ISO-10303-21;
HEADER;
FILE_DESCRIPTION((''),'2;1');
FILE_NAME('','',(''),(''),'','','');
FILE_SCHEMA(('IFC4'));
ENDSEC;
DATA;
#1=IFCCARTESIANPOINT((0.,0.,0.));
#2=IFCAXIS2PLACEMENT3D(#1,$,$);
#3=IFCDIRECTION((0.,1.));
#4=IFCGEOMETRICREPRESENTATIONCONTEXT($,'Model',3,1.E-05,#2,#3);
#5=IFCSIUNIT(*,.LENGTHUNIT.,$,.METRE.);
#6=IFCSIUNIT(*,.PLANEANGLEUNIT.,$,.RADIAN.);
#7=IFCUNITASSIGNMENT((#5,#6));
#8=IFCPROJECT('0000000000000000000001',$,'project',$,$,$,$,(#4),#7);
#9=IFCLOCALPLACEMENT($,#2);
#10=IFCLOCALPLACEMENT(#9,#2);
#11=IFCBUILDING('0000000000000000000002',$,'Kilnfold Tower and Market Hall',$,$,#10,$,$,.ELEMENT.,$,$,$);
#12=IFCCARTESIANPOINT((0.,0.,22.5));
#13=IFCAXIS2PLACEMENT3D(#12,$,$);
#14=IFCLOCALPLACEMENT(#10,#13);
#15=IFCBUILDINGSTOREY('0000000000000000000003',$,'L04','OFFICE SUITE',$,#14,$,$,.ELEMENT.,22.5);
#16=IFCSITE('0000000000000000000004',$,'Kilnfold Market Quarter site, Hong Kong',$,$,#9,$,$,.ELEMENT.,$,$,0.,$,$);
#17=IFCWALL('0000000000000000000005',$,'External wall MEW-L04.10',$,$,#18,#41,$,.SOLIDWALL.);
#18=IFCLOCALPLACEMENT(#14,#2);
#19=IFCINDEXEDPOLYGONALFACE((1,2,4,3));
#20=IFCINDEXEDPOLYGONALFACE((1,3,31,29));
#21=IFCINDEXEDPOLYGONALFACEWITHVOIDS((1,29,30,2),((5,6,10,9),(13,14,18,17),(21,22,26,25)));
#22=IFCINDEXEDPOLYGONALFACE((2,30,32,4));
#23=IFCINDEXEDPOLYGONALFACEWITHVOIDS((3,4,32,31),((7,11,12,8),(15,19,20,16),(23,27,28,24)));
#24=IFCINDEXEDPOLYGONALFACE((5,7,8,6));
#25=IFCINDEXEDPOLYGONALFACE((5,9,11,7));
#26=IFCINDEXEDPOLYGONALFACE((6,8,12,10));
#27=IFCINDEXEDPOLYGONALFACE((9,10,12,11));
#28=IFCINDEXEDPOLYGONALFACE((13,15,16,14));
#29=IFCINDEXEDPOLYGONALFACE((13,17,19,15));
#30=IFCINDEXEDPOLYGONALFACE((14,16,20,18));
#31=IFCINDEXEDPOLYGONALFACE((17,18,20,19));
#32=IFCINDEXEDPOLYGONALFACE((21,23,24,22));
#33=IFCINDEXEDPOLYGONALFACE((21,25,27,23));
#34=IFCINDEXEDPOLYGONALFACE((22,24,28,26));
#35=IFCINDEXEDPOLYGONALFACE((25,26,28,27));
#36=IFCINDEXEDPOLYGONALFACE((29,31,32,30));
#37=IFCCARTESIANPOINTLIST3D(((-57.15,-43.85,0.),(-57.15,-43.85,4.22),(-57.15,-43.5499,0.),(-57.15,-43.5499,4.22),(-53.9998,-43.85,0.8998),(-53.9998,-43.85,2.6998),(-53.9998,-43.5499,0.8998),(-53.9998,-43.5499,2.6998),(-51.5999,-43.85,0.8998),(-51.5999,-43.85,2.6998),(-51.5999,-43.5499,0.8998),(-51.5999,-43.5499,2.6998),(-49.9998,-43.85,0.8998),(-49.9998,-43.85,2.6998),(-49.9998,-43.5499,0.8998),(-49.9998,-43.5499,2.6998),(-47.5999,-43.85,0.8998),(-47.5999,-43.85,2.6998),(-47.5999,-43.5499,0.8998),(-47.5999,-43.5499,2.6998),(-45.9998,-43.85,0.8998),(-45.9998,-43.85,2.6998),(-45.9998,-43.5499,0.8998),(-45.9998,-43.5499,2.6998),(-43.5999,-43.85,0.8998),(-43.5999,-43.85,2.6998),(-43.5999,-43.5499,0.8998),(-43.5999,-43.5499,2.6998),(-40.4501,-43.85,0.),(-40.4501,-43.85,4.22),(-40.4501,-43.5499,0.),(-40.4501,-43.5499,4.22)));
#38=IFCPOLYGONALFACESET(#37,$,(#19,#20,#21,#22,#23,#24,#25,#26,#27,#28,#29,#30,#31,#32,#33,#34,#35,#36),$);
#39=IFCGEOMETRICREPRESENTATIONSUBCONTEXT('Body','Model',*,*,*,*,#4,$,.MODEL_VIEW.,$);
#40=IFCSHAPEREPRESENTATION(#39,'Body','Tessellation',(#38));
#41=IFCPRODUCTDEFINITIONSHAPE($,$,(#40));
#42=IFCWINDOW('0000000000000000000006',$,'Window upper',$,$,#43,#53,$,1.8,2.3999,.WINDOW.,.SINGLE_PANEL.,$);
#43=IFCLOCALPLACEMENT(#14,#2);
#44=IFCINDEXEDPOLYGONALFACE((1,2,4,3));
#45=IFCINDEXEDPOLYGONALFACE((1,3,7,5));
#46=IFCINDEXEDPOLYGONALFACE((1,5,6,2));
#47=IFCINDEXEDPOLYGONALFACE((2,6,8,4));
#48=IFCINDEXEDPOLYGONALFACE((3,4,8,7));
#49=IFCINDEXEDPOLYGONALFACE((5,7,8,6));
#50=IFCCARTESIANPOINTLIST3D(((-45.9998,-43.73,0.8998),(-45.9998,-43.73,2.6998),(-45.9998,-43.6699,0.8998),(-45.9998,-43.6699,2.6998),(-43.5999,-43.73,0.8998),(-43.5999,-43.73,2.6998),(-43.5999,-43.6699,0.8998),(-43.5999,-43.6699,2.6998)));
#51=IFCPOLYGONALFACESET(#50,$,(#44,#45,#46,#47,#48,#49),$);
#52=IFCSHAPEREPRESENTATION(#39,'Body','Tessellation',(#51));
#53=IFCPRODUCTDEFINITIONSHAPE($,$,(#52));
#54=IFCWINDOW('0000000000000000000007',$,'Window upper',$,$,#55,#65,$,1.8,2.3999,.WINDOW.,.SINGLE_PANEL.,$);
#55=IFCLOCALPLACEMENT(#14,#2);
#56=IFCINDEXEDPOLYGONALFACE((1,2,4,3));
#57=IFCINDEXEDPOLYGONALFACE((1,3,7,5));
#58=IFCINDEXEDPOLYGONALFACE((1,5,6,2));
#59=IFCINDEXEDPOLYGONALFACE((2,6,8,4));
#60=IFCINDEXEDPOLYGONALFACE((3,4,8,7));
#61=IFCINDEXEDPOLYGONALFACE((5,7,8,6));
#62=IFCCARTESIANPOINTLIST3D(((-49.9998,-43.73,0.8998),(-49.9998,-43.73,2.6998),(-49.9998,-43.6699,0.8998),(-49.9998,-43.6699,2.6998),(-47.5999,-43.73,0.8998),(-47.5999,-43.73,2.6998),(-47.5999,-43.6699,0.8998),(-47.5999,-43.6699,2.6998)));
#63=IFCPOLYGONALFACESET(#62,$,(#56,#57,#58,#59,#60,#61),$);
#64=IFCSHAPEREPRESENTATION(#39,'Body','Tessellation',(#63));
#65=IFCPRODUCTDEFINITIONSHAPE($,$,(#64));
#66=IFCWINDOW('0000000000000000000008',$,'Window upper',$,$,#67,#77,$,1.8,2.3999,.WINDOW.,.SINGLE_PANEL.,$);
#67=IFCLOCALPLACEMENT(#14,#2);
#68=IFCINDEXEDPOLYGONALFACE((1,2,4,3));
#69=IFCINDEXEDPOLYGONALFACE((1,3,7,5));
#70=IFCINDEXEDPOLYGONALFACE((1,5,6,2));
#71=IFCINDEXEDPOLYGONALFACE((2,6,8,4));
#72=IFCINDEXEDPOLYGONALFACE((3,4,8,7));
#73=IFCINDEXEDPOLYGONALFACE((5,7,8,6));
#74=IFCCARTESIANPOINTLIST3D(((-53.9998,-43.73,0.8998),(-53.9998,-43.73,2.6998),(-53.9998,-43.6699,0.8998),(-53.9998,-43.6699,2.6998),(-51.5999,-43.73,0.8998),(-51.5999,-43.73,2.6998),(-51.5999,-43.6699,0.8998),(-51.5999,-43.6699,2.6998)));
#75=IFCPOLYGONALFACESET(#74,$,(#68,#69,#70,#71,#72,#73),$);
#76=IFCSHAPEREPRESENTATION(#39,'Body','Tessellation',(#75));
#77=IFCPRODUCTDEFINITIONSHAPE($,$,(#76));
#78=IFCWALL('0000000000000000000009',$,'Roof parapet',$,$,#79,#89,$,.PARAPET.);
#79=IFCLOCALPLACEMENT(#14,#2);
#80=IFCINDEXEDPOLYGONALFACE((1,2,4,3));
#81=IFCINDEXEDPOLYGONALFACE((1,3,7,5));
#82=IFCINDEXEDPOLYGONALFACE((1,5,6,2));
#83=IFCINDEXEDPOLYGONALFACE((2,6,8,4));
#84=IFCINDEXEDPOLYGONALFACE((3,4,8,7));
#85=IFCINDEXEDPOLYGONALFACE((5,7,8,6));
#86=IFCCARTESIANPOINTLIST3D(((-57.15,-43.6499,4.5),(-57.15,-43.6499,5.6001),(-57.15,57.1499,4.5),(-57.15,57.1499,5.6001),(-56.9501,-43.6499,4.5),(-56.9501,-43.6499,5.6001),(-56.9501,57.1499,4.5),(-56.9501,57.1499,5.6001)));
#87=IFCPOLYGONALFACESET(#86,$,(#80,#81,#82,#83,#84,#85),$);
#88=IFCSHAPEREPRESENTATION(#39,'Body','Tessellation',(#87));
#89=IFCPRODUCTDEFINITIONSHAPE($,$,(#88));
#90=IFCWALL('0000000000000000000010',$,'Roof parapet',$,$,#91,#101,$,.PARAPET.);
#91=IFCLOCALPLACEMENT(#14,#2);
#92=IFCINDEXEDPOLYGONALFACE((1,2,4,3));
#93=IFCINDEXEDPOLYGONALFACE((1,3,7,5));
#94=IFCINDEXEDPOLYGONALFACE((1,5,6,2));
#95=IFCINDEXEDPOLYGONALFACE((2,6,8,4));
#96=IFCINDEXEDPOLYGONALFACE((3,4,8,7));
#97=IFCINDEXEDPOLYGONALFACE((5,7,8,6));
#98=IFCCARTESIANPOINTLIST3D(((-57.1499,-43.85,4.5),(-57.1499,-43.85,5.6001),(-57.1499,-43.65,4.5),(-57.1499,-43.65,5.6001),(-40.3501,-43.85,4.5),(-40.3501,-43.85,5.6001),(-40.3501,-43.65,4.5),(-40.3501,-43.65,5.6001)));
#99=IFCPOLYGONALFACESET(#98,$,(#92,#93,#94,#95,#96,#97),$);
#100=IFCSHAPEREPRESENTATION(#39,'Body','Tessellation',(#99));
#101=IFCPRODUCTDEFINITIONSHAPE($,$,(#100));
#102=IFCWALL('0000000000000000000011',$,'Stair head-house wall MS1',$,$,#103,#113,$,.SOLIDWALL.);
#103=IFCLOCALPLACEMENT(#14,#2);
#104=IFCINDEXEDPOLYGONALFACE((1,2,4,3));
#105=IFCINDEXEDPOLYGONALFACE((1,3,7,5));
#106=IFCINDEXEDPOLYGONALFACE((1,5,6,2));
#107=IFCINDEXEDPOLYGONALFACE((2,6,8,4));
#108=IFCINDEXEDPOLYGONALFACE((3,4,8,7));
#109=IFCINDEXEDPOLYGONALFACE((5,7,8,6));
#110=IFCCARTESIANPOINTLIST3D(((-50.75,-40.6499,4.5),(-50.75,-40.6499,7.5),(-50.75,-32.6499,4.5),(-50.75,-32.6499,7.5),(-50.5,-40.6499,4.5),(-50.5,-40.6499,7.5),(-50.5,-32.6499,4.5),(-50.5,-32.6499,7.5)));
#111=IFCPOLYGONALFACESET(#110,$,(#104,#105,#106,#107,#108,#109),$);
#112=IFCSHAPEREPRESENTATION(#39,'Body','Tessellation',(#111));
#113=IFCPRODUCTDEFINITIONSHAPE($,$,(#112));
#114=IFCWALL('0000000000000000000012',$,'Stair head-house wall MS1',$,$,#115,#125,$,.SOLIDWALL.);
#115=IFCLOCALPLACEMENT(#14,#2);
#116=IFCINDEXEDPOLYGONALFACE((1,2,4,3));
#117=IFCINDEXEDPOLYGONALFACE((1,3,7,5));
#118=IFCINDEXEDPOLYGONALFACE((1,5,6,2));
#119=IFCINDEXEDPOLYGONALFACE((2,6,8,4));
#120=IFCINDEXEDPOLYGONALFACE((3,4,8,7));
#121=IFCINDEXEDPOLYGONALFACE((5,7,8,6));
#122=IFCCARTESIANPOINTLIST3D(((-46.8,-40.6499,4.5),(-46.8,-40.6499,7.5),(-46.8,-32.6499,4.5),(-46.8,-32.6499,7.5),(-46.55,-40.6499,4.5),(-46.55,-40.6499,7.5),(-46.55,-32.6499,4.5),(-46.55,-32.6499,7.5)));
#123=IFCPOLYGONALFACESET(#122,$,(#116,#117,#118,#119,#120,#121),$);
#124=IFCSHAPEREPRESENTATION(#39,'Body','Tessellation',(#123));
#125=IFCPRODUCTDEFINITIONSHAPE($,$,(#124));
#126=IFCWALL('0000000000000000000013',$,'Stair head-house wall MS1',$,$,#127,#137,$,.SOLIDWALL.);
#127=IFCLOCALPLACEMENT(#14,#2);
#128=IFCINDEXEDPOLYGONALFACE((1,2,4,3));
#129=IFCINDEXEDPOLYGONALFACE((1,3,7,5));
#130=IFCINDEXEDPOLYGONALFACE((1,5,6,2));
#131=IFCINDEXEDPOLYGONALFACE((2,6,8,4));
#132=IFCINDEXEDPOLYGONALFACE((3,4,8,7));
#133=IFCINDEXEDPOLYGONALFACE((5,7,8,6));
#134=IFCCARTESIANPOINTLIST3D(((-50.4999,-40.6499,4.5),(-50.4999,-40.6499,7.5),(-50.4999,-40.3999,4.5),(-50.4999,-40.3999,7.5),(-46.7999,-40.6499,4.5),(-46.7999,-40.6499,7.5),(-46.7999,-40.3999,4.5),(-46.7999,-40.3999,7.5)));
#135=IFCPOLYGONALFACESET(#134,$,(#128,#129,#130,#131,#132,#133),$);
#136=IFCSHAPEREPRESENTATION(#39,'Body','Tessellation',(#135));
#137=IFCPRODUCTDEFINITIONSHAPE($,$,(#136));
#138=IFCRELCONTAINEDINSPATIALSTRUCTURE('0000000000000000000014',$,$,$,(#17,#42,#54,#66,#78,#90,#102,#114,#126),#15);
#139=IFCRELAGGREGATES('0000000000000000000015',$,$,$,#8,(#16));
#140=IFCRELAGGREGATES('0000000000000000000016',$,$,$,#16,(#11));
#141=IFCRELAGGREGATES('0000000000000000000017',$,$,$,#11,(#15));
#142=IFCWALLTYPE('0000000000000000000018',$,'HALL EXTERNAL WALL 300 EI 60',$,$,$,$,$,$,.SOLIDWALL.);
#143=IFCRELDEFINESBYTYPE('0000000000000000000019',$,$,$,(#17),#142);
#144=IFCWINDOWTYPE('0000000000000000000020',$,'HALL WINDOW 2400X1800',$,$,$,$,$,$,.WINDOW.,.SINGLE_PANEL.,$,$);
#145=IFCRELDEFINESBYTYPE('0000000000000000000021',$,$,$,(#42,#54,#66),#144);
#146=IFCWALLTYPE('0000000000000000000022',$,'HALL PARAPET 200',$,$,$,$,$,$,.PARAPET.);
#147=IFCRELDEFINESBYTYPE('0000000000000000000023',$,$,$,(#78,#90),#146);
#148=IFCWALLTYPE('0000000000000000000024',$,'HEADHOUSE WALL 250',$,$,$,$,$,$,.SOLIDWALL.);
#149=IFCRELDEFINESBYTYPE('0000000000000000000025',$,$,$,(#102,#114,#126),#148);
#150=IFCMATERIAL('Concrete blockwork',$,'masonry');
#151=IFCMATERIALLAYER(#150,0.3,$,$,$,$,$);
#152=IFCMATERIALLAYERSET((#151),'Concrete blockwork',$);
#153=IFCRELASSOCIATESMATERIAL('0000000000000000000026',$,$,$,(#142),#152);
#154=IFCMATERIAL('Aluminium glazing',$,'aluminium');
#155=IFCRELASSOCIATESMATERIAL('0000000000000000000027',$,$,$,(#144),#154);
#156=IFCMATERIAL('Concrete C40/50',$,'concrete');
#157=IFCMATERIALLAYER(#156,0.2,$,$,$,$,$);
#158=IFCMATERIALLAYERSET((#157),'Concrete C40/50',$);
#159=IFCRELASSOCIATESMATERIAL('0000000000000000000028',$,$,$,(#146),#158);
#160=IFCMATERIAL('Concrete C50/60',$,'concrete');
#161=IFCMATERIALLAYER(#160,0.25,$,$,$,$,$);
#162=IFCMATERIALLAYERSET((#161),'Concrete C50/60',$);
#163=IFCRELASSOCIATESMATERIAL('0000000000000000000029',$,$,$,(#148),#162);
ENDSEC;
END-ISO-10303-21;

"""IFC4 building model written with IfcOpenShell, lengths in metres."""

from ifc_helpers import new_model, si_unit, direction, frame, frame_2d, origin, place, context, subcontext, project, spatial, rectangle, extrude, source, transform, mapped, material, layer, layer_set, type_object, element, fill, save


model = new_model("IFC4")

# Units and contexts
model_context = context("Model", 3, precision=1e-05, world=origin(), true_north=direction((0.0, 1.0)))
body_context = subcontext(model_context, "Body", "Model", "MODEL_VIEW")
ifc_project = project(units=[si_unit("LENGTHUNIT", "METRE"), si_unit("PLANEANGLEUNIT", "RADIAN")], contexts=[model_context])

# Site, building, storey
site_placement = place(None, origin())
site = spatial("IfcSite", under=ifc_project, at=site_placement, Name="Kilnfold Market Quarter site, Hong Kong", CompositionType="ELEMENT", RefElevation=0.0)
building_placement = place(site_placement, origin())
building = spatial("IfcBuilding", under=site, at=building_placement, Name="Kilnfold Tower and Market Hall", CompositionType="ELEMENT")
storey_placement = place(building_placement, frame((0.0, 0.0, 22.5)))
storey = spatial("IfcBuildingStorey", under=building, at=storey_placement, Name="L04", Description="OFFICE SUITE", CompositionType="ELEMENT", Elevation=22.5)

# Wall, openings, windows
ifc_material_1 = material(Name="Concrete blockwork", Category="masonry")
ifc_layer_1 = layer(ifc_material_1, 0.3)
ifc_layer_set_1 = layer_set([ifc_layer_1], Name="Concrete blockwork")
wall_type_1 = type_object("IfcWallType", Name="HALL EXTERNAL WALL 300 EI 60", PredefinedType="SOLIDWALL", material=ifc_layer_set_1)
shared_shape_1 = source(origin(), body_context, "Body", "SweptSolid", [
    extrude(rectangle(XDim=16.7, YDim=0.3, at=frame_2d((8.3501, 0.0))), origin(), (0.0, 0.0, 1.0), 4.22),
])
wall_1_placement = place(storey_placement, frame((-40.45, -43.7, 0.0), z_axis=(0.0, 0.0, 1.0), x_axis=(-1.0, 0.0, 0.0)))
wall_1 = element("IfcWall", 1, at=wall_1_placement, inside=storey, type_object=wall_type_1, Name="External wall MEW-L04.10", PredefinedType="SOLIDWALL", context=body_context, shape_type="MappedRepresentation", body=[
    mapped(shared_shape_1, transform((0.0, 0.0, 0.0))),
])
opening_1_placement = place(wall_1_placement, frame((3.1499, 0.0, 0.8999)))
opening_1 = element("IfcOpeningElement", 2, at=opening_1_placement, cuts=wall_1, PredefinedType="OPENING", context=body_context, shape_type="SweptSolid", body=[
    extrude(rectangle(XDim=2.3999, YDim=1.8, at=frame_2d((1.2, 0.8999))), frame((0.0, 0.1602, 0.0), z_axis=(0.0, -1.0, 0.0), x_axis=(1.0, 0.0, 0.0)), (0.0, 0.0, 1.0), 0.3201),
])
opening_2_placement = place(wall_1_placement, frame((7.1499, 0.0, 0.8999)))
opening_2 = element("IfcOpeningElement", 3, at=opening_2_placement, cuts=wall_1, PredefinedType="OPENING", context=body_context, shape_type="SweptSolid", body=[
    extrude(rectangle(XDim=2.3999, YDim=1.8, at=frame_2d((1.2, 0.8999))), frame((0.0, 0.1602, 0.0), z_axis=(0.0, -1.0, 0.0), x_axis=(1.0, 0.0, 0.0)), (0.0, 0.0, 1.0), 0.3201),
])
opening_3_placement = place(wall_1_placement, frame((11.1499, 0.0, 0.8999)))
opening_3 = element("IfcOpeningElement", 4, at=opening_3_placement, cuts=wall_1, PredefinedType="OPENING", context=body_context, shape_type="SweptSolid", body=[
    extrude(rectangle(XDim=2.3999, YDim=1.8, at=frame_2d((1.2, 0.8999))), frame((0.0, 0.1602, 0.0), z_axis=(0.0, -1.0, 0.0), x_axis=(1.0, 0.0, 0.0)), (0.0, 0.0, 1.0), 0.3201),
])
ifc_material_2 = material(Name="Aluminium glazing", Category="aluminium")
window_type = type_object("IfcWindowType", Name="HALL WINDOW 2400X1800", PartitioningType="SINGLE_PANEL", PredefinedType="WINDOW", material=ifc_material_2)
window_1_placement = place(opening_1_placement, origin())
window_1 = element("IfcWindow", 5, at=window_1_placement, inside=storey, type_object=window_type, Name="Window upper", OverallHeight=1.8, OverallWidth=2.3999, PartitioningType="SINGLE_PANEL", PredefinedType="WINDOW", context=body_context, shape_type="SweptSolid", body=[
    extrude(rectangle(XDim=2.3999, YDim=1.8, at=frame_2d((1.2, 0.8999))), frame((0.0, 0.03, 0.0), z_axis=(0.0, -1.0, 0.0), x_axis=(1.0, 0.0, 0.0)), (0.0, 0.0, 1.0), 0.0601),
])
fill(opening_1, window_1)
window_2_placement = place(opening_2_placement, origin())
window_2 = element("IfcWindow", 6, at=window_2_placement, inside=storey, type_object=window_type, Name="Window upper", OverallHeight=1.8, OverallWidth=2.3999, PartitioningType="SINGLE_PANEL", PredefinedType="WINDOW", context=body_context, shape_type="SweptSolid", body=[
    extrude(rectangle(XDim=2.3999, YDim=1.8, at=frame_2d((1.2, 0.8999))), frame((0.0, 0.03, 0.0), z_axis=(0.0, -1.0, 0.0), x_axis=(1.0, 0.0, 0.0)), (0.0, 0.0, 1.0), 0.0601),
])
fill(opening_2, window_2)
window_3_placement = place(opening_3_placement, origin())
window_3 = element("IfcWindow", 7, at=window_3_placement, inside=storey, type_object=window_type, Name="Window upper", OverallHeight=1.8, OverallWidth=2.3999, PartitioningType="SINGLE_PANEL", PredefinedType="WINDOW", context=body_context, shape_type="SweptSolid", body=[
    extrude(rectangle(XDim=2.3999, YDim=1.8, at=frame_2d((1.2, 0.8999))), frame((0.0, 0.03, 0.0), z_axis=(0.0, -1.0, 0.0), x_axis=(1.0, 0.0, 0.0)), (0.0, 0.0, 1.0), 0.0601),
])
fill(opening_3, window_3)

# Walls
ifc_material_3 = material(Name="Concrete C40/50", Category="concrete")
ifc_layer_2 = layer(ifc_material_3, 0.2)
ifc_layer_set_2 = layer_set([ifc_layer_2], Name="Concrete C40/50")
wall_type_2 = type_object("IfcWallType", Name="HALL PARAPET 200", PredefinedType="PARAPET", material=ifc_layer_set_2)
shared_shape_2 = source(origin(), body_context, "Body", "SweptSolid", [
    extrude(rectangle(XDim=100.7998, YDim=0.2, at=frame_2d((50.3999, 0.0))), origin(), (0.0, 0.0, 1.0), 1.1001),
])
wall_2_placement = place(storey_placement, frame((-57.05, -43.6499, 4.5), z_axis=(0.0, 0.0, 1.0), x_axis=(0.0, 1.0, 0.0)))
element("IfcWall", 8, at=wall_2_placement, inside=storey, type_object=wall_type_2, Name="Roof parapet", PredefinedType="PARAPET", context=body_context, shape_type="MappedRepresentation", body=[
    mapped(shared_shape_2, transform((0.0, 0.0, 0.0))),
])
shared_shape_3 = source(origin(), body_context, "Body", "SweptSolid", [
    extrude(rectangle(XDim=16.7998, YDim=0.2, at=frame_2d((8.3999, 0.0))), origin(), (0.0, 0.0, 1.0), 1.1001),
])
wall_3_placement = place(storey_placement, frame((-40.3501, -43.75, 4.5), z_axis=(0.0, 0.0, 1.0), x_axis=(-1.0, 0.0, 0.0)))
element("IfcWall", 9, at=wall_3_placement, inside=storey, type_object=wall_type_2, Name="Roof parapet", PredefinedType="PARAPET", context=body_context, shape_type="MappedRepresentation", body=[
    mapped(shared_shape_3, transform((0.0, 0.0, 0.0))),
])
ifc_material_4 = material(Name="Concrete C50/60", Category="concrete")
ifc_layer_3 = layer(ifc_material_4, 0.25)
ifc_layer_set_3 = layer_set([ifc_layer_3], Name="Concrete C50/60")
wall_type_3 = type_object("IfcWallType", Name="HEADHOUSE WALL 250", PredefinedType="SOLIDWALL", material=ifc_layer_set_3)
shared_shape_4 = source(origin(), body_context, "Body", "SweptSolid", [
    extrude(rectangle(XDim=8.0, YDim=0.25, at=frame_2d((4.0, 0.0))), origin(), (0.0, 0.0, 1.0), 3.0),
])
for number, where, z_axis, x_axis, name in (
    (10, (-50.625, -40.6499, 4.5), (0.0, 0.0, 1.0), (0.0, 1.0, 0.0), "Stair head-house wall MS1"),
    (11, (-46.675, -40.6499, 4.5), (0.0, 0.0, 1.0), (0.0, 1.0, 0.0), "Stair head-house wall MS1"),
):
    element("IfcWall", number, at=place(storey_placement, frame(where, z_axis=z_axis, x_axis=x_axis)), inside=storey, type_object=wall_type_3, Name=name, PredefinedType="SOLIDWALL", context=body_context, shape_type="MappedRepresentation", body=[
        mapped(shared_shape_4, transform((0.0, 0.0, 0.0))),
    ])
shared_shape_5 = source(origin(), body_context, "Body", "SweptSolid", [
    extrude(rectangle(XDim=3.7, YDim=0.25, at=frame_2d((1.8501, 0.0))), origin(), (0.0, 0.0, 1.0), 3.0),
])
wall_4_placement = place(storey_placement, frame((-50.5, -40.5249, 4.5), z_axis=(0.0, 0.0, 1.0), x_axis=(1.0, 0.0, 0.0)))
element("IfcWall", 12, at=wall_4_placement, inside=storey, type_object=wall_type_3, Name="Stair head-house wall MS1", PredefinedType="SOLIDWALL", context=body_context, shape_type="MappedRepresentation", body=[
    mapped(shared_shape_5, transform((0.0, 0.0, 0.0))),
])

save(model, "model.ifc")
